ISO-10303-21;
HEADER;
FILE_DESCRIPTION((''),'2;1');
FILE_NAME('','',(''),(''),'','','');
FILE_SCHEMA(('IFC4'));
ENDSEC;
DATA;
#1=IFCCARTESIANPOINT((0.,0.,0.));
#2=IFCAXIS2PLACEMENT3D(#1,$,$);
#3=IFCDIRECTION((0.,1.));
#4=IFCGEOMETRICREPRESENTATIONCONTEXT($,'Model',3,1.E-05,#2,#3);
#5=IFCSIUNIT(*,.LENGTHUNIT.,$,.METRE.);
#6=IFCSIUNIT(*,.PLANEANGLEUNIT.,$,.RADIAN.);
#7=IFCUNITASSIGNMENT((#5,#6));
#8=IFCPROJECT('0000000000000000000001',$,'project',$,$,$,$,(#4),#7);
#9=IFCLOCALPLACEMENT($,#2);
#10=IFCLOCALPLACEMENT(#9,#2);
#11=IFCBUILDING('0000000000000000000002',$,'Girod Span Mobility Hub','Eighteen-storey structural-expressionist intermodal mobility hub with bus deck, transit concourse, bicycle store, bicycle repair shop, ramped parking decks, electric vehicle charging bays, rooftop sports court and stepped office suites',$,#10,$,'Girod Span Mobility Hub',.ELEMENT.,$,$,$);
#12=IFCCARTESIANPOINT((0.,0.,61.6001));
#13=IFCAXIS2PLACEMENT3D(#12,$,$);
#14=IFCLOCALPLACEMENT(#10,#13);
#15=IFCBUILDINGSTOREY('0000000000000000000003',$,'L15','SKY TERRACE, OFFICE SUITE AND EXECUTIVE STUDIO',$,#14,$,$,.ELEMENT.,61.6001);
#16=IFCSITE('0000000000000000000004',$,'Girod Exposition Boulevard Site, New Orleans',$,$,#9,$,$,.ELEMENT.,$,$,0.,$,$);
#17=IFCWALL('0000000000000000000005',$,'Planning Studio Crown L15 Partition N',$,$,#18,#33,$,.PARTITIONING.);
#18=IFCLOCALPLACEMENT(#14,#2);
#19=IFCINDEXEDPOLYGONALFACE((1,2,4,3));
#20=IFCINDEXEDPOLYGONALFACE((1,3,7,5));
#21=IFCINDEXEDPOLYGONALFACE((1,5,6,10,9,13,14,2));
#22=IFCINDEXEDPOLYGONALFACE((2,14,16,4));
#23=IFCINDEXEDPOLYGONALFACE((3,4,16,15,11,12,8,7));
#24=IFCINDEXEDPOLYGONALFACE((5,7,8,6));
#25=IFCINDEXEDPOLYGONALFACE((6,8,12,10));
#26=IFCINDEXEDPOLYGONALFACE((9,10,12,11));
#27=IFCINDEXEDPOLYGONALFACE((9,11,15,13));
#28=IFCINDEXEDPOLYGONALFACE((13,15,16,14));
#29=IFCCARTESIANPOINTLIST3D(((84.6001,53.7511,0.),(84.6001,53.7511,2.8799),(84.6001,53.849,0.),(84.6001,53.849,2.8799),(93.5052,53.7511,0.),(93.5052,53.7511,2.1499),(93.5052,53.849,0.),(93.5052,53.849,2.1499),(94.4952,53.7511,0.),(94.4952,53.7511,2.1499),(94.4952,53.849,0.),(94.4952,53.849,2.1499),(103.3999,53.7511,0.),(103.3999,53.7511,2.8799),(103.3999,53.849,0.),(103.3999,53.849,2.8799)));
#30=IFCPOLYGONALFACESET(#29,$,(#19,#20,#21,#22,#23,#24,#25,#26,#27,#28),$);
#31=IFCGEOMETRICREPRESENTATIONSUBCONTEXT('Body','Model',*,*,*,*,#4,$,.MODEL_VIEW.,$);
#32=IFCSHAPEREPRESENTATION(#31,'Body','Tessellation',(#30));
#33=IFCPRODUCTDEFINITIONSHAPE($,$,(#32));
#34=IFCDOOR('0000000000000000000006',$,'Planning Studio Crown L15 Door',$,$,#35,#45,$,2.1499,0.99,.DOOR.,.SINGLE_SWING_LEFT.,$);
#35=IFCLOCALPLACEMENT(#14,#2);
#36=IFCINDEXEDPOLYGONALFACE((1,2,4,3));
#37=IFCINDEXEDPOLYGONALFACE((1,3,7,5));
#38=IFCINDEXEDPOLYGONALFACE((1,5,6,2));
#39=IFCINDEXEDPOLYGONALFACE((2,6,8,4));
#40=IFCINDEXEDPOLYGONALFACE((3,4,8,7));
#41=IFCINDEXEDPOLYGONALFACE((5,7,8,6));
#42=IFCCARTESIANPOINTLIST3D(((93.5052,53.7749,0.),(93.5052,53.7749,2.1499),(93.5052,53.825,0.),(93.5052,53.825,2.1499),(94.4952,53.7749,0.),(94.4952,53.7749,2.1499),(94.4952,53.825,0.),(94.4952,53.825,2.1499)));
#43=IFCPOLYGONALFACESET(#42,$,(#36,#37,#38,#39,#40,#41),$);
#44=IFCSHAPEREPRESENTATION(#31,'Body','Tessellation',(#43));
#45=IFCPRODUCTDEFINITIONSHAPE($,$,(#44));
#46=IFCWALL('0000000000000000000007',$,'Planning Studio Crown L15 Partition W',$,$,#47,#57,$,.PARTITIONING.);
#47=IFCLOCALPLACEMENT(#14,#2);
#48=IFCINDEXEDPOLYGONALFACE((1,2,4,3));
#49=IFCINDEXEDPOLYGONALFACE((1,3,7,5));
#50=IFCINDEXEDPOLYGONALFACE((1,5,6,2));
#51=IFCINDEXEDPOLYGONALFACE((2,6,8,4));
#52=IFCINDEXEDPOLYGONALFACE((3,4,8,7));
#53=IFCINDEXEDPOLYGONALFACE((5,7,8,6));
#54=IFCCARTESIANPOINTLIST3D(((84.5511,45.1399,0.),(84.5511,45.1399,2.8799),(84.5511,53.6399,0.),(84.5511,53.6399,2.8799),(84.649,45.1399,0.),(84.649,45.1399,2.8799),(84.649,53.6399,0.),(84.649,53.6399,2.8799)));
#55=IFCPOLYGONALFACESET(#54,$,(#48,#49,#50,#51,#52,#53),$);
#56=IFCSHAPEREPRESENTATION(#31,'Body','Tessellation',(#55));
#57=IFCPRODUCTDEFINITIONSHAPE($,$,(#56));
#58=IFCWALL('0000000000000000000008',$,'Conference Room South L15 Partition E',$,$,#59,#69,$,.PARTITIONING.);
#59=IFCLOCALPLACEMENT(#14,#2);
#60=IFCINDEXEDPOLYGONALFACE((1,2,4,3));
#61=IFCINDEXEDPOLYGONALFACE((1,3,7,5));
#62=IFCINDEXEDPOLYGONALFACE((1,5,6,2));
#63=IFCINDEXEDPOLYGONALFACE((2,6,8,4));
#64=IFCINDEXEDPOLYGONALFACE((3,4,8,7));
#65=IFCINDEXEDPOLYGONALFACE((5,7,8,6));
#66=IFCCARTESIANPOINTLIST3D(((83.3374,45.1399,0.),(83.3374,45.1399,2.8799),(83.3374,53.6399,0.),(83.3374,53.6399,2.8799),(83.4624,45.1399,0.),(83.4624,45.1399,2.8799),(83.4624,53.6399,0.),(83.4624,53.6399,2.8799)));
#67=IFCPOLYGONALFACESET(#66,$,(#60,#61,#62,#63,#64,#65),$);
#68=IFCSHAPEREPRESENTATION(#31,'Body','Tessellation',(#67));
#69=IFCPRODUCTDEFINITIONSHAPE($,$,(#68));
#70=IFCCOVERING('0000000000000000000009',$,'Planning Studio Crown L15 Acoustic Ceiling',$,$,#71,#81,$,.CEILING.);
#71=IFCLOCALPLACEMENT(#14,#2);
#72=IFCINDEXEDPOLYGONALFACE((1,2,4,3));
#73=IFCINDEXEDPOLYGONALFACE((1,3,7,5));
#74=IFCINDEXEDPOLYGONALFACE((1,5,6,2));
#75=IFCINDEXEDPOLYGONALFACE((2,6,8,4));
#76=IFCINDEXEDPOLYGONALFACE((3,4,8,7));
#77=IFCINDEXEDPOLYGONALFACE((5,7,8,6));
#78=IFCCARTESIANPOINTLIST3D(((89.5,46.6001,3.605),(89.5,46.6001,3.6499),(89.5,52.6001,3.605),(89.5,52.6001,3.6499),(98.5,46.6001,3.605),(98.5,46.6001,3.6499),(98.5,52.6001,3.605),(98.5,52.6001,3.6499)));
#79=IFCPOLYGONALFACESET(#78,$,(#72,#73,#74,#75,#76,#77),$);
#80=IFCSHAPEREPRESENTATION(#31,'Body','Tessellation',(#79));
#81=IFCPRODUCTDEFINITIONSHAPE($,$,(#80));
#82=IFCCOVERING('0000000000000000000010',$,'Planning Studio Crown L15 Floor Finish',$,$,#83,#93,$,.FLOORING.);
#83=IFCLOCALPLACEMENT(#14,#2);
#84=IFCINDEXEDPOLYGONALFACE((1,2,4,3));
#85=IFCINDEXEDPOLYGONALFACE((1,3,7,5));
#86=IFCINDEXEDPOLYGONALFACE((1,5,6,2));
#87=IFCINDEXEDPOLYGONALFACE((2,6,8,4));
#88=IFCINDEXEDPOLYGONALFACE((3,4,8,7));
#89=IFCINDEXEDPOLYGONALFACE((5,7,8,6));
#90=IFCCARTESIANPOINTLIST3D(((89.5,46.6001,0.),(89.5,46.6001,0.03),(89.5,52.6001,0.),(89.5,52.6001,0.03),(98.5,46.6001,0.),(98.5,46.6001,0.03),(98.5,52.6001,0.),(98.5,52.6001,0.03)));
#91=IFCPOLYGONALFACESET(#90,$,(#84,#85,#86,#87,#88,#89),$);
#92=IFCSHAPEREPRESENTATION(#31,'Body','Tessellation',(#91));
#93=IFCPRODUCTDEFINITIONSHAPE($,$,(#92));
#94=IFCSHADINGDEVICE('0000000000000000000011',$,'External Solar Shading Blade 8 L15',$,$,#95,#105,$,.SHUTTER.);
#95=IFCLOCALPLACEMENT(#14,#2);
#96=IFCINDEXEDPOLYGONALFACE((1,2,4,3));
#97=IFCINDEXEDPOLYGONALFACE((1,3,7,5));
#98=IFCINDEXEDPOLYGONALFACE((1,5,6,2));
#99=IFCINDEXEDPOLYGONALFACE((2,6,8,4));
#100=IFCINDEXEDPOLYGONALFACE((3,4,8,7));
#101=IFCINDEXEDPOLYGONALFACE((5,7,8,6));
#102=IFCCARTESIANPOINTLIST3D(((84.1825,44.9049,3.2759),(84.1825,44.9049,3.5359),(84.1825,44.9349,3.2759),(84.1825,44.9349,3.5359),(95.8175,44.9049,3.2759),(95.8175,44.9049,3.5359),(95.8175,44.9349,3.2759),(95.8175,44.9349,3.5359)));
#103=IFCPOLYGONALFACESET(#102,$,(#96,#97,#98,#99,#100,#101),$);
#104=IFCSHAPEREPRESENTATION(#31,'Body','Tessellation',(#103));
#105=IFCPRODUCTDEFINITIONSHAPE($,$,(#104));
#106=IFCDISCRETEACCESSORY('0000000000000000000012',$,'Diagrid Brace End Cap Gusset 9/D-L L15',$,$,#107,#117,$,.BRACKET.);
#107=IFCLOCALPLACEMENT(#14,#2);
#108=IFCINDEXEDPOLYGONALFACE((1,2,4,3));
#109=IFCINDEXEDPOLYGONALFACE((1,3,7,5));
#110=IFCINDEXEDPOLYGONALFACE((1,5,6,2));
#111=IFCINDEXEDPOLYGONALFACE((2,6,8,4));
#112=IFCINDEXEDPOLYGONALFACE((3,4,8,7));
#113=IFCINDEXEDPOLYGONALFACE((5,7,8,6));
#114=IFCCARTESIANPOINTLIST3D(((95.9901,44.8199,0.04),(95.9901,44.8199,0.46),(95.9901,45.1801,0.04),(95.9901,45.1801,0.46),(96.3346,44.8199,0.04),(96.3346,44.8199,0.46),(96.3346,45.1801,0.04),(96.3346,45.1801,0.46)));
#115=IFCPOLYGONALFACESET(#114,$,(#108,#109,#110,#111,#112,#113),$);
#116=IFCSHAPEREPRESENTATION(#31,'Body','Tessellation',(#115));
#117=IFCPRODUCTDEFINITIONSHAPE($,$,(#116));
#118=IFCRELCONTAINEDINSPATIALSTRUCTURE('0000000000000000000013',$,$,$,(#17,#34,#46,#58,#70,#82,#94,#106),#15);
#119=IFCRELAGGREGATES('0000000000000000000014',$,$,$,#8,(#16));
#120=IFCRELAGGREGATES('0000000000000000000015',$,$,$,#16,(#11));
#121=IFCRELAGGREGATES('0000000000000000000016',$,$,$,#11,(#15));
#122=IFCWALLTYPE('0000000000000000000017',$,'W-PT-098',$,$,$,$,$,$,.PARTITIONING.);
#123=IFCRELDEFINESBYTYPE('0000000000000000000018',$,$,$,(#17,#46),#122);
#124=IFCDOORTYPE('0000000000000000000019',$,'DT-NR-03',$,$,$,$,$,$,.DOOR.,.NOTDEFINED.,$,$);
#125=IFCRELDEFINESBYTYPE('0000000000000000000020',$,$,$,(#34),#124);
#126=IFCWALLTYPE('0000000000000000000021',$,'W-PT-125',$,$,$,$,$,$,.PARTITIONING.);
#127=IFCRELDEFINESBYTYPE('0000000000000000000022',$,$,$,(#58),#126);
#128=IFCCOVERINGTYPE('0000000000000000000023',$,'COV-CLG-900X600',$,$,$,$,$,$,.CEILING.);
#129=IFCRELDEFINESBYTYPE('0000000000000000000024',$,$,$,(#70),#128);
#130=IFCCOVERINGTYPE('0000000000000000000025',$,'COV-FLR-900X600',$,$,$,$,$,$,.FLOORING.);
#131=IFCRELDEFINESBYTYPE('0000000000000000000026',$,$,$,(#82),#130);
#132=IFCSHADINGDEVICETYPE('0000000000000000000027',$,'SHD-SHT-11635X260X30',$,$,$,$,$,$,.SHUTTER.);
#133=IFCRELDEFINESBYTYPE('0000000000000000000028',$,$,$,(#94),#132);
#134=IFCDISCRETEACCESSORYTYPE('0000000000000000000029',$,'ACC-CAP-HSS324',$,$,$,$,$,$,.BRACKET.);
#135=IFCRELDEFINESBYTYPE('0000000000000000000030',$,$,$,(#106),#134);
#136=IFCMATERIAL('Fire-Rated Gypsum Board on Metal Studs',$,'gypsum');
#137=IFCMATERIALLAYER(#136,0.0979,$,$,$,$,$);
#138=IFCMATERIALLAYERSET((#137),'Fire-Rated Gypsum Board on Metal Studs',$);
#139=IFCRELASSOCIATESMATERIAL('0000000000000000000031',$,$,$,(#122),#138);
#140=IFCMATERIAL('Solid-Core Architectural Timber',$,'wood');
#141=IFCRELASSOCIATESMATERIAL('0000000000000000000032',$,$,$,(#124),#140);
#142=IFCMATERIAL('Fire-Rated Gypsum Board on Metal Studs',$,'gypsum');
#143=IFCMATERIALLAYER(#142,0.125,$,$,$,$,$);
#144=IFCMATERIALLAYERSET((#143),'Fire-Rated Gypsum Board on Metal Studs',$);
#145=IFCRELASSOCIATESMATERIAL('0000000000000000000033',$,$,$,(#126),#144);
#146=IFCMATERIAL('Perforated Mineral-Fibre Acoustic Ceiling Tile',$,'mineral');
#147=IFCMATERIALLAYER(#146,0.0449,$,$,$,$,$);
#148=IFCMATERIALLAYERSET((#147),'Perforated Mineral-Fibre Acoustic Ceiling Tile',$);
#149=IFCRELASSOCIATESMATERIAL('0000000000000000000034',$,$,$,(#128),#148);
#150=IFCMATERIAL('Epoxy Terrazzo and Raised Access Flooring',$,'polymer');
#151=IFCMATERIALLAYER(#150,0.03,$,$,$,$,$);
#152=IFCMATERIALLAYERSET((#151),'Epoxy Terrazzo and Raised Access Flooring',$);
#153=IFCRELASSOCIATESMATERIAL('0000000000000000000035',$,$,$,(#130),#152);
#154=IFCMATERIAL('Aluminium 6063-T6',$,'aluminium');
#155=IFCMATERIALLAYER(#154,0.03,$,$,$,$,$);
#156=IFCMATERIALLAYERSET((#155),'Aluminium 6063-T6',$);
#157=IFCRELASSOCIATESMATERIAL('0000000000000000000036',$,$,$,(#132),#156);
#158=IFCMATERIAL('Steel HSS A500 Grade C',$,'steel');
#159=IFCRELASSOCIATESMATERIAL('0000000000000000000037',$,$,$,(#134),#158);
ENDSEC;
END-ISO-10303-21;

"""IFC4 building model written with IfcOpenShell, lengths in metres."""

from ifc_helpers import new_model, si_unit, direction, frame, frame_2d, origin, origin_2d, place, context, subcontext, project, spatial, rectangle, extrude, material, layer, layer_set, type_object, element, fill, save


model = new_model("IFC4")

# Units and contexts
model_context = context("Model", 3, precision=1e-05, world=origin(), true_north=direction((0.0, 1.0)))
body_context = subcontext(model_context, "Body", "Model", "MODEL_VIEW")
ifc_project = project(units=[si_unit("LENGTHUNIT", "METRE"), si_unit("PLANEANGLEUNIT", "RADIAN")], contexts=[model_context])

# Site, building, storey
site_placement = place(None, origin())
site = spatial("IfcSite", under=ifc_project, at=site_placement, Name="Girod Exposition Boulevard Site, New Orleans", CompositionType="ELEMENT", RefElevation=0.0)
building_placement = place(site_placement, origin())
building = spatial("IfcBuilding", under=site, at=building_placement, Name="Girod Span Mobility Hub", Description="Eighteen-storey structural-expressionist intermodal mobility hub with bus deck, transit concourse, bicycle store, bicycle repair shop, ramped parking decks, electric vehicle charging bays, rooftop sports court and stepped office suites", LongName="Girod Span Mobility Hub", CompositionType="ELEMENT")
storey_placement = place(building_placement, frame((0.0, 0.0, 61.6001)))
storey = spatial("IfcBuildingStorey", under=building, at=storey_placement, Name="L15", Description="SKY TERRACE, OFFICE SUITE AND EXECUTIVE STUDIO", CompositionType="ELEMENT", Elevation=61.6001)

# Wall, opening, door
ifc_material_1 = material(Name="Fire-Rated Gypsum Board on Metal Studs", Category="gypsum")
ifc_layer_1 = layer(ifc_material_1, 0.0979)
ifc_layer_set_1 = layer_set([ifc_layer_1], Name="Fire-Rated Gypsum Board on Metal Studs")
wall_type_1 = type_object("IfcWallType", Name="W-PT-098", PredefinedType="PARTITIONING", material=ifc_layer_set_1)
wall_1_placement = place(storey_placement, frame((84.6001, 53.8, 0.0), z_axis=(0.0, 0.0, 1.0), x_axis=(1.0, 0.0, 0.0)))
wall_1 = element("IfcWall", 1, at=wall_1_placement, inside=storey, type_object=wall_type_1, Name="Planning Studio Crown L15 Partition N", PredefinedType="PARTITIONING", context=body_context, shape_type="SweptSolid", body=[
    extrude(rectangle(XDim=18.7998, YDim=0.0979, at=frame_2d((9.3999, 0.0))), origin(), (0.0, 0.0, 1.0), 2.8799),
])
opening_placement = place(wall_1_placement, frame((8.905, 0.0, 0.0)))
opening = element("IfcOpeningElement", 2, at=opening_placement, cuts=wall_1, PredefinedType="OPENING", context=body_context, shape_type="SweptSolid", body=[
    extrude(rectangle(XDim=0.99, YDim=2.1499, at=frame_2d((0.4951, 1.075))), frame((0.0, 0.064, 0.0), z_axis=(0.0, -1.0, 0.0), x_axis=(1.0, 0.0, 0.0)), (0.0, 0.0, 1.0), 0.1279),
])
ifc_material_2 = material(Name="Solid-Core Architectural Timber", Category="wood")
door_type = type_object("IfcDoorType", Name="DT-NR-03", OperationType="NOTDEFINED", PredefinedType="DOOR", material=ifc_material_2)
door_placement = place(opening_placement, origin())
door = element("IfcDoor", 3, at=door_placement, inside=storey, type_object=door_type, Name="Planning Studio Crown L15 Door", OperationType="SINGLE_SWING_LEFT", OverallHeight=2.1499, OverallWidth=0.99, PredefinedType="DOOR", context=body_context, shape_type="SweptSolid", body=[
    extrude(rectangle(XDim=0.99, YDim=2.1499, at=frame_2d((0.4951, 1.075))), frame((0.0, 0.0249, 0.0), z_axis=(0.0, -1.0, 0.0), x_axis=(1.0, 0.0, 0.0)), (0.0, 0.0, 1.0), 0.05),
])
fill(opening, door)

# Walls
wall_2_placement = place(storey_placement, frame((84.6001, 45.1399, 0.0), z_axis=(0.0, 0.0, 1.0), x_axis=(0.0, 1.0, 0.0)))
element("IfcWall", 4, at=wall_2_placement, inside=storey, type_object=wall_type_1, Name="Planning Studio Crown L15 Partition W", PredefinedType="PARTITIONING", context=body_context, shape_type="SweptSolid", body=[
    extrude(rectangle(XDim=8.5, YDim=0.0979, at=frame_2d((4.25, 0.0))), origin(), (0.0, 0.0, 1.0), 2.8799),
])
ifc_material_3 = material(Name="Fire-Rated Gypsum Board on Metal Studs", Category="gypsum")
ifc_layer_2 = layer(ifc_material_3, 0.125)
ifc_layer_set_2 = layer_set([ifc_layer_2], Name="Fire-Rated Gypsum Board on Metal Studs")
wall_type_2 = type_object("IfcWallType", Name="W-PT-125", PredefinedType="PARTITIONING", material=ifc_layer_set_2)
wall_3_placement = place(storey_placement, frame((83.3999, 45.1399, 0.0), z_axis=(0.0, 0.0, 1.0), x_axis=(0.0, 1.0, 0.0)))
element("IfcWall", 5, at=wall_3_placement, inside=storey, type_object=wall_type_2, Name="Conference Room South L15 Partition E", PredefinedType="PARTITIONING", context=body_context, shape_type="SweptSolid", body=[
    extrude(rectangle(XDim=8.5, YDim=0.125, at=frame_2d((4.25, 0.0))), origin(), (0.0, 0.0, 1.0), 2.8799),
])

# Coverings
ifc_material_4 = material(Name="Perforated Mineral-Fibre Acoustic Ceiling Tile", Category="mineral")
ifc_layer_3 = layer(ifc_material_4, 0.0449)
ifc_layer_set_3 = layer_set([ifc_layer_3], Name="Perforated Mineral-Fibre Acoustic Ceiling Tile")
covering_type_1 = type_object("IfcCoveringType", Name="COV-CLG-900X600", PredefinedType="CEILING", material=ifc_layer_set_3)
covering_1_placement = place(storey_placement, frame((94.0, 49.6001, 3.605), z_axis=(0.0, 0.0, 1.0), x_axis=(1.0, 0.0, 0.0)))
element("IfcCovering", 6, at=covering_1_placement, inside=storey, type_object=covering_type_1, Name="Planning Studio Crown L15 Acoustic Ceiling", PredefinedType="CEILING", context=body_context, shape_type="SweptSolid", body=[
    extrude(rectangle(XDim=9.0, YDim=6.0, at=origin_2d()), origin(), (0.0, 0.0, 1.0), 0.0449),
])
ifc_material_5 = material(Name="Epoxy Terrazzo and Raised Access Flooring", Category="polymer")
ifc_layer_4 = layer(ifc_material_5, 0.03)
ifc_layer_set_4 = layer_set([ifc_layer_4], Name="Epoxy Terrazzo and Raised Access Flooring")
covering_type_2 = type_object("IfcCoveringType", Name="COV-FLR-900X600", PredefinedType="FLOORING", material=ifc_layer_set_4)
covering_2_placement = place(storey_placement, frame((94.0, 49.6001, 0.0), z_axis=(0.0, 0.0, 1.0), x_axis=(1.0, 0.0, 0.0)))
element("IfcCovering", 7, at=covering_2_placement, inside=storey, type_object=covering_type_2, Name="Planning Studio Crown L15 Floor Finish", PredefinedType="FLOORING", context=body_context, shape_type="SweptSolid", body=[
    extrude(rectangle(XDim=9.0, YDim=6.0, at=origin_2d()), origin(), (0.0, 0.0, 1.0), 0.03),
])

# Shading device
ifc_material_6 = material(Name="Aluminium 6063-T6", Category="aluminium")
ifc_layer_5 = layer(ifc_material_6, 0.03)
ifc_layer_set_5 = layer_set([ifc_layer_5], Name="Aluminium 6063-T6")
shading_device_type = type_object("IfcShadingDeviceType", Name="SHD-SHT-11635X260X30", PredefinedType="SHUTTER", material=ifc_layer_set_5)
shading_device_placement = place(storey_placement, frame((90.0, 44.9199, 3.2759), z_axis=(0.0, 0.0, 1.0), x_axis=(1.0, 0.0, 0.0)))
element("IfcShadingDevice", 8, at=shading_device_placement, inside=storey, type_object=shading_device_type, Name="External Solar Shading Blade 8 L15", PredefinedType="SHUTTER", context=body_context, shape_type="SweptSolid", body=[
    extrude(rectangle(XDim=11.635, YDim=0.03, at=origin_2d()), origin(), (0.0, 0.0, 1.0), 0.26),
])

# Discrete accessory
ifc_material_7 = material(Name="Steel HSS A500 Grade C", Category="steel")
discrete_accessory_type = type_object("IfcDiscreteAccessoryType", Name="ACC-CAP-HSS324", PredefinedType="BRACKET", material=ifc_material_7)
discrete_accessory_placement = place(storey_placement, frame((96.1624, 45.0, 0.04), z_axis=(0.0, 0.0, 1.0), x_axis=(1.0, 0.0, 0.0)))
element("IfcDiscreteAccessory", 9, at=discrete_accessory_placement, inside=storey, type_object=discrete_accessory_type, Name="Diagrid Brace End Cap Gusset 9/D-L L15", PredefinedType="BRACKET", context=body_context, shape_type="SweptSolid", body=[
    extrude(rectangle(XDim=0.3445, YDim=0.3601, at=origin_2d()), origin(), (0.0, 0.0, 1.0), 0.4199),
])

save(model, "model.ifc")
